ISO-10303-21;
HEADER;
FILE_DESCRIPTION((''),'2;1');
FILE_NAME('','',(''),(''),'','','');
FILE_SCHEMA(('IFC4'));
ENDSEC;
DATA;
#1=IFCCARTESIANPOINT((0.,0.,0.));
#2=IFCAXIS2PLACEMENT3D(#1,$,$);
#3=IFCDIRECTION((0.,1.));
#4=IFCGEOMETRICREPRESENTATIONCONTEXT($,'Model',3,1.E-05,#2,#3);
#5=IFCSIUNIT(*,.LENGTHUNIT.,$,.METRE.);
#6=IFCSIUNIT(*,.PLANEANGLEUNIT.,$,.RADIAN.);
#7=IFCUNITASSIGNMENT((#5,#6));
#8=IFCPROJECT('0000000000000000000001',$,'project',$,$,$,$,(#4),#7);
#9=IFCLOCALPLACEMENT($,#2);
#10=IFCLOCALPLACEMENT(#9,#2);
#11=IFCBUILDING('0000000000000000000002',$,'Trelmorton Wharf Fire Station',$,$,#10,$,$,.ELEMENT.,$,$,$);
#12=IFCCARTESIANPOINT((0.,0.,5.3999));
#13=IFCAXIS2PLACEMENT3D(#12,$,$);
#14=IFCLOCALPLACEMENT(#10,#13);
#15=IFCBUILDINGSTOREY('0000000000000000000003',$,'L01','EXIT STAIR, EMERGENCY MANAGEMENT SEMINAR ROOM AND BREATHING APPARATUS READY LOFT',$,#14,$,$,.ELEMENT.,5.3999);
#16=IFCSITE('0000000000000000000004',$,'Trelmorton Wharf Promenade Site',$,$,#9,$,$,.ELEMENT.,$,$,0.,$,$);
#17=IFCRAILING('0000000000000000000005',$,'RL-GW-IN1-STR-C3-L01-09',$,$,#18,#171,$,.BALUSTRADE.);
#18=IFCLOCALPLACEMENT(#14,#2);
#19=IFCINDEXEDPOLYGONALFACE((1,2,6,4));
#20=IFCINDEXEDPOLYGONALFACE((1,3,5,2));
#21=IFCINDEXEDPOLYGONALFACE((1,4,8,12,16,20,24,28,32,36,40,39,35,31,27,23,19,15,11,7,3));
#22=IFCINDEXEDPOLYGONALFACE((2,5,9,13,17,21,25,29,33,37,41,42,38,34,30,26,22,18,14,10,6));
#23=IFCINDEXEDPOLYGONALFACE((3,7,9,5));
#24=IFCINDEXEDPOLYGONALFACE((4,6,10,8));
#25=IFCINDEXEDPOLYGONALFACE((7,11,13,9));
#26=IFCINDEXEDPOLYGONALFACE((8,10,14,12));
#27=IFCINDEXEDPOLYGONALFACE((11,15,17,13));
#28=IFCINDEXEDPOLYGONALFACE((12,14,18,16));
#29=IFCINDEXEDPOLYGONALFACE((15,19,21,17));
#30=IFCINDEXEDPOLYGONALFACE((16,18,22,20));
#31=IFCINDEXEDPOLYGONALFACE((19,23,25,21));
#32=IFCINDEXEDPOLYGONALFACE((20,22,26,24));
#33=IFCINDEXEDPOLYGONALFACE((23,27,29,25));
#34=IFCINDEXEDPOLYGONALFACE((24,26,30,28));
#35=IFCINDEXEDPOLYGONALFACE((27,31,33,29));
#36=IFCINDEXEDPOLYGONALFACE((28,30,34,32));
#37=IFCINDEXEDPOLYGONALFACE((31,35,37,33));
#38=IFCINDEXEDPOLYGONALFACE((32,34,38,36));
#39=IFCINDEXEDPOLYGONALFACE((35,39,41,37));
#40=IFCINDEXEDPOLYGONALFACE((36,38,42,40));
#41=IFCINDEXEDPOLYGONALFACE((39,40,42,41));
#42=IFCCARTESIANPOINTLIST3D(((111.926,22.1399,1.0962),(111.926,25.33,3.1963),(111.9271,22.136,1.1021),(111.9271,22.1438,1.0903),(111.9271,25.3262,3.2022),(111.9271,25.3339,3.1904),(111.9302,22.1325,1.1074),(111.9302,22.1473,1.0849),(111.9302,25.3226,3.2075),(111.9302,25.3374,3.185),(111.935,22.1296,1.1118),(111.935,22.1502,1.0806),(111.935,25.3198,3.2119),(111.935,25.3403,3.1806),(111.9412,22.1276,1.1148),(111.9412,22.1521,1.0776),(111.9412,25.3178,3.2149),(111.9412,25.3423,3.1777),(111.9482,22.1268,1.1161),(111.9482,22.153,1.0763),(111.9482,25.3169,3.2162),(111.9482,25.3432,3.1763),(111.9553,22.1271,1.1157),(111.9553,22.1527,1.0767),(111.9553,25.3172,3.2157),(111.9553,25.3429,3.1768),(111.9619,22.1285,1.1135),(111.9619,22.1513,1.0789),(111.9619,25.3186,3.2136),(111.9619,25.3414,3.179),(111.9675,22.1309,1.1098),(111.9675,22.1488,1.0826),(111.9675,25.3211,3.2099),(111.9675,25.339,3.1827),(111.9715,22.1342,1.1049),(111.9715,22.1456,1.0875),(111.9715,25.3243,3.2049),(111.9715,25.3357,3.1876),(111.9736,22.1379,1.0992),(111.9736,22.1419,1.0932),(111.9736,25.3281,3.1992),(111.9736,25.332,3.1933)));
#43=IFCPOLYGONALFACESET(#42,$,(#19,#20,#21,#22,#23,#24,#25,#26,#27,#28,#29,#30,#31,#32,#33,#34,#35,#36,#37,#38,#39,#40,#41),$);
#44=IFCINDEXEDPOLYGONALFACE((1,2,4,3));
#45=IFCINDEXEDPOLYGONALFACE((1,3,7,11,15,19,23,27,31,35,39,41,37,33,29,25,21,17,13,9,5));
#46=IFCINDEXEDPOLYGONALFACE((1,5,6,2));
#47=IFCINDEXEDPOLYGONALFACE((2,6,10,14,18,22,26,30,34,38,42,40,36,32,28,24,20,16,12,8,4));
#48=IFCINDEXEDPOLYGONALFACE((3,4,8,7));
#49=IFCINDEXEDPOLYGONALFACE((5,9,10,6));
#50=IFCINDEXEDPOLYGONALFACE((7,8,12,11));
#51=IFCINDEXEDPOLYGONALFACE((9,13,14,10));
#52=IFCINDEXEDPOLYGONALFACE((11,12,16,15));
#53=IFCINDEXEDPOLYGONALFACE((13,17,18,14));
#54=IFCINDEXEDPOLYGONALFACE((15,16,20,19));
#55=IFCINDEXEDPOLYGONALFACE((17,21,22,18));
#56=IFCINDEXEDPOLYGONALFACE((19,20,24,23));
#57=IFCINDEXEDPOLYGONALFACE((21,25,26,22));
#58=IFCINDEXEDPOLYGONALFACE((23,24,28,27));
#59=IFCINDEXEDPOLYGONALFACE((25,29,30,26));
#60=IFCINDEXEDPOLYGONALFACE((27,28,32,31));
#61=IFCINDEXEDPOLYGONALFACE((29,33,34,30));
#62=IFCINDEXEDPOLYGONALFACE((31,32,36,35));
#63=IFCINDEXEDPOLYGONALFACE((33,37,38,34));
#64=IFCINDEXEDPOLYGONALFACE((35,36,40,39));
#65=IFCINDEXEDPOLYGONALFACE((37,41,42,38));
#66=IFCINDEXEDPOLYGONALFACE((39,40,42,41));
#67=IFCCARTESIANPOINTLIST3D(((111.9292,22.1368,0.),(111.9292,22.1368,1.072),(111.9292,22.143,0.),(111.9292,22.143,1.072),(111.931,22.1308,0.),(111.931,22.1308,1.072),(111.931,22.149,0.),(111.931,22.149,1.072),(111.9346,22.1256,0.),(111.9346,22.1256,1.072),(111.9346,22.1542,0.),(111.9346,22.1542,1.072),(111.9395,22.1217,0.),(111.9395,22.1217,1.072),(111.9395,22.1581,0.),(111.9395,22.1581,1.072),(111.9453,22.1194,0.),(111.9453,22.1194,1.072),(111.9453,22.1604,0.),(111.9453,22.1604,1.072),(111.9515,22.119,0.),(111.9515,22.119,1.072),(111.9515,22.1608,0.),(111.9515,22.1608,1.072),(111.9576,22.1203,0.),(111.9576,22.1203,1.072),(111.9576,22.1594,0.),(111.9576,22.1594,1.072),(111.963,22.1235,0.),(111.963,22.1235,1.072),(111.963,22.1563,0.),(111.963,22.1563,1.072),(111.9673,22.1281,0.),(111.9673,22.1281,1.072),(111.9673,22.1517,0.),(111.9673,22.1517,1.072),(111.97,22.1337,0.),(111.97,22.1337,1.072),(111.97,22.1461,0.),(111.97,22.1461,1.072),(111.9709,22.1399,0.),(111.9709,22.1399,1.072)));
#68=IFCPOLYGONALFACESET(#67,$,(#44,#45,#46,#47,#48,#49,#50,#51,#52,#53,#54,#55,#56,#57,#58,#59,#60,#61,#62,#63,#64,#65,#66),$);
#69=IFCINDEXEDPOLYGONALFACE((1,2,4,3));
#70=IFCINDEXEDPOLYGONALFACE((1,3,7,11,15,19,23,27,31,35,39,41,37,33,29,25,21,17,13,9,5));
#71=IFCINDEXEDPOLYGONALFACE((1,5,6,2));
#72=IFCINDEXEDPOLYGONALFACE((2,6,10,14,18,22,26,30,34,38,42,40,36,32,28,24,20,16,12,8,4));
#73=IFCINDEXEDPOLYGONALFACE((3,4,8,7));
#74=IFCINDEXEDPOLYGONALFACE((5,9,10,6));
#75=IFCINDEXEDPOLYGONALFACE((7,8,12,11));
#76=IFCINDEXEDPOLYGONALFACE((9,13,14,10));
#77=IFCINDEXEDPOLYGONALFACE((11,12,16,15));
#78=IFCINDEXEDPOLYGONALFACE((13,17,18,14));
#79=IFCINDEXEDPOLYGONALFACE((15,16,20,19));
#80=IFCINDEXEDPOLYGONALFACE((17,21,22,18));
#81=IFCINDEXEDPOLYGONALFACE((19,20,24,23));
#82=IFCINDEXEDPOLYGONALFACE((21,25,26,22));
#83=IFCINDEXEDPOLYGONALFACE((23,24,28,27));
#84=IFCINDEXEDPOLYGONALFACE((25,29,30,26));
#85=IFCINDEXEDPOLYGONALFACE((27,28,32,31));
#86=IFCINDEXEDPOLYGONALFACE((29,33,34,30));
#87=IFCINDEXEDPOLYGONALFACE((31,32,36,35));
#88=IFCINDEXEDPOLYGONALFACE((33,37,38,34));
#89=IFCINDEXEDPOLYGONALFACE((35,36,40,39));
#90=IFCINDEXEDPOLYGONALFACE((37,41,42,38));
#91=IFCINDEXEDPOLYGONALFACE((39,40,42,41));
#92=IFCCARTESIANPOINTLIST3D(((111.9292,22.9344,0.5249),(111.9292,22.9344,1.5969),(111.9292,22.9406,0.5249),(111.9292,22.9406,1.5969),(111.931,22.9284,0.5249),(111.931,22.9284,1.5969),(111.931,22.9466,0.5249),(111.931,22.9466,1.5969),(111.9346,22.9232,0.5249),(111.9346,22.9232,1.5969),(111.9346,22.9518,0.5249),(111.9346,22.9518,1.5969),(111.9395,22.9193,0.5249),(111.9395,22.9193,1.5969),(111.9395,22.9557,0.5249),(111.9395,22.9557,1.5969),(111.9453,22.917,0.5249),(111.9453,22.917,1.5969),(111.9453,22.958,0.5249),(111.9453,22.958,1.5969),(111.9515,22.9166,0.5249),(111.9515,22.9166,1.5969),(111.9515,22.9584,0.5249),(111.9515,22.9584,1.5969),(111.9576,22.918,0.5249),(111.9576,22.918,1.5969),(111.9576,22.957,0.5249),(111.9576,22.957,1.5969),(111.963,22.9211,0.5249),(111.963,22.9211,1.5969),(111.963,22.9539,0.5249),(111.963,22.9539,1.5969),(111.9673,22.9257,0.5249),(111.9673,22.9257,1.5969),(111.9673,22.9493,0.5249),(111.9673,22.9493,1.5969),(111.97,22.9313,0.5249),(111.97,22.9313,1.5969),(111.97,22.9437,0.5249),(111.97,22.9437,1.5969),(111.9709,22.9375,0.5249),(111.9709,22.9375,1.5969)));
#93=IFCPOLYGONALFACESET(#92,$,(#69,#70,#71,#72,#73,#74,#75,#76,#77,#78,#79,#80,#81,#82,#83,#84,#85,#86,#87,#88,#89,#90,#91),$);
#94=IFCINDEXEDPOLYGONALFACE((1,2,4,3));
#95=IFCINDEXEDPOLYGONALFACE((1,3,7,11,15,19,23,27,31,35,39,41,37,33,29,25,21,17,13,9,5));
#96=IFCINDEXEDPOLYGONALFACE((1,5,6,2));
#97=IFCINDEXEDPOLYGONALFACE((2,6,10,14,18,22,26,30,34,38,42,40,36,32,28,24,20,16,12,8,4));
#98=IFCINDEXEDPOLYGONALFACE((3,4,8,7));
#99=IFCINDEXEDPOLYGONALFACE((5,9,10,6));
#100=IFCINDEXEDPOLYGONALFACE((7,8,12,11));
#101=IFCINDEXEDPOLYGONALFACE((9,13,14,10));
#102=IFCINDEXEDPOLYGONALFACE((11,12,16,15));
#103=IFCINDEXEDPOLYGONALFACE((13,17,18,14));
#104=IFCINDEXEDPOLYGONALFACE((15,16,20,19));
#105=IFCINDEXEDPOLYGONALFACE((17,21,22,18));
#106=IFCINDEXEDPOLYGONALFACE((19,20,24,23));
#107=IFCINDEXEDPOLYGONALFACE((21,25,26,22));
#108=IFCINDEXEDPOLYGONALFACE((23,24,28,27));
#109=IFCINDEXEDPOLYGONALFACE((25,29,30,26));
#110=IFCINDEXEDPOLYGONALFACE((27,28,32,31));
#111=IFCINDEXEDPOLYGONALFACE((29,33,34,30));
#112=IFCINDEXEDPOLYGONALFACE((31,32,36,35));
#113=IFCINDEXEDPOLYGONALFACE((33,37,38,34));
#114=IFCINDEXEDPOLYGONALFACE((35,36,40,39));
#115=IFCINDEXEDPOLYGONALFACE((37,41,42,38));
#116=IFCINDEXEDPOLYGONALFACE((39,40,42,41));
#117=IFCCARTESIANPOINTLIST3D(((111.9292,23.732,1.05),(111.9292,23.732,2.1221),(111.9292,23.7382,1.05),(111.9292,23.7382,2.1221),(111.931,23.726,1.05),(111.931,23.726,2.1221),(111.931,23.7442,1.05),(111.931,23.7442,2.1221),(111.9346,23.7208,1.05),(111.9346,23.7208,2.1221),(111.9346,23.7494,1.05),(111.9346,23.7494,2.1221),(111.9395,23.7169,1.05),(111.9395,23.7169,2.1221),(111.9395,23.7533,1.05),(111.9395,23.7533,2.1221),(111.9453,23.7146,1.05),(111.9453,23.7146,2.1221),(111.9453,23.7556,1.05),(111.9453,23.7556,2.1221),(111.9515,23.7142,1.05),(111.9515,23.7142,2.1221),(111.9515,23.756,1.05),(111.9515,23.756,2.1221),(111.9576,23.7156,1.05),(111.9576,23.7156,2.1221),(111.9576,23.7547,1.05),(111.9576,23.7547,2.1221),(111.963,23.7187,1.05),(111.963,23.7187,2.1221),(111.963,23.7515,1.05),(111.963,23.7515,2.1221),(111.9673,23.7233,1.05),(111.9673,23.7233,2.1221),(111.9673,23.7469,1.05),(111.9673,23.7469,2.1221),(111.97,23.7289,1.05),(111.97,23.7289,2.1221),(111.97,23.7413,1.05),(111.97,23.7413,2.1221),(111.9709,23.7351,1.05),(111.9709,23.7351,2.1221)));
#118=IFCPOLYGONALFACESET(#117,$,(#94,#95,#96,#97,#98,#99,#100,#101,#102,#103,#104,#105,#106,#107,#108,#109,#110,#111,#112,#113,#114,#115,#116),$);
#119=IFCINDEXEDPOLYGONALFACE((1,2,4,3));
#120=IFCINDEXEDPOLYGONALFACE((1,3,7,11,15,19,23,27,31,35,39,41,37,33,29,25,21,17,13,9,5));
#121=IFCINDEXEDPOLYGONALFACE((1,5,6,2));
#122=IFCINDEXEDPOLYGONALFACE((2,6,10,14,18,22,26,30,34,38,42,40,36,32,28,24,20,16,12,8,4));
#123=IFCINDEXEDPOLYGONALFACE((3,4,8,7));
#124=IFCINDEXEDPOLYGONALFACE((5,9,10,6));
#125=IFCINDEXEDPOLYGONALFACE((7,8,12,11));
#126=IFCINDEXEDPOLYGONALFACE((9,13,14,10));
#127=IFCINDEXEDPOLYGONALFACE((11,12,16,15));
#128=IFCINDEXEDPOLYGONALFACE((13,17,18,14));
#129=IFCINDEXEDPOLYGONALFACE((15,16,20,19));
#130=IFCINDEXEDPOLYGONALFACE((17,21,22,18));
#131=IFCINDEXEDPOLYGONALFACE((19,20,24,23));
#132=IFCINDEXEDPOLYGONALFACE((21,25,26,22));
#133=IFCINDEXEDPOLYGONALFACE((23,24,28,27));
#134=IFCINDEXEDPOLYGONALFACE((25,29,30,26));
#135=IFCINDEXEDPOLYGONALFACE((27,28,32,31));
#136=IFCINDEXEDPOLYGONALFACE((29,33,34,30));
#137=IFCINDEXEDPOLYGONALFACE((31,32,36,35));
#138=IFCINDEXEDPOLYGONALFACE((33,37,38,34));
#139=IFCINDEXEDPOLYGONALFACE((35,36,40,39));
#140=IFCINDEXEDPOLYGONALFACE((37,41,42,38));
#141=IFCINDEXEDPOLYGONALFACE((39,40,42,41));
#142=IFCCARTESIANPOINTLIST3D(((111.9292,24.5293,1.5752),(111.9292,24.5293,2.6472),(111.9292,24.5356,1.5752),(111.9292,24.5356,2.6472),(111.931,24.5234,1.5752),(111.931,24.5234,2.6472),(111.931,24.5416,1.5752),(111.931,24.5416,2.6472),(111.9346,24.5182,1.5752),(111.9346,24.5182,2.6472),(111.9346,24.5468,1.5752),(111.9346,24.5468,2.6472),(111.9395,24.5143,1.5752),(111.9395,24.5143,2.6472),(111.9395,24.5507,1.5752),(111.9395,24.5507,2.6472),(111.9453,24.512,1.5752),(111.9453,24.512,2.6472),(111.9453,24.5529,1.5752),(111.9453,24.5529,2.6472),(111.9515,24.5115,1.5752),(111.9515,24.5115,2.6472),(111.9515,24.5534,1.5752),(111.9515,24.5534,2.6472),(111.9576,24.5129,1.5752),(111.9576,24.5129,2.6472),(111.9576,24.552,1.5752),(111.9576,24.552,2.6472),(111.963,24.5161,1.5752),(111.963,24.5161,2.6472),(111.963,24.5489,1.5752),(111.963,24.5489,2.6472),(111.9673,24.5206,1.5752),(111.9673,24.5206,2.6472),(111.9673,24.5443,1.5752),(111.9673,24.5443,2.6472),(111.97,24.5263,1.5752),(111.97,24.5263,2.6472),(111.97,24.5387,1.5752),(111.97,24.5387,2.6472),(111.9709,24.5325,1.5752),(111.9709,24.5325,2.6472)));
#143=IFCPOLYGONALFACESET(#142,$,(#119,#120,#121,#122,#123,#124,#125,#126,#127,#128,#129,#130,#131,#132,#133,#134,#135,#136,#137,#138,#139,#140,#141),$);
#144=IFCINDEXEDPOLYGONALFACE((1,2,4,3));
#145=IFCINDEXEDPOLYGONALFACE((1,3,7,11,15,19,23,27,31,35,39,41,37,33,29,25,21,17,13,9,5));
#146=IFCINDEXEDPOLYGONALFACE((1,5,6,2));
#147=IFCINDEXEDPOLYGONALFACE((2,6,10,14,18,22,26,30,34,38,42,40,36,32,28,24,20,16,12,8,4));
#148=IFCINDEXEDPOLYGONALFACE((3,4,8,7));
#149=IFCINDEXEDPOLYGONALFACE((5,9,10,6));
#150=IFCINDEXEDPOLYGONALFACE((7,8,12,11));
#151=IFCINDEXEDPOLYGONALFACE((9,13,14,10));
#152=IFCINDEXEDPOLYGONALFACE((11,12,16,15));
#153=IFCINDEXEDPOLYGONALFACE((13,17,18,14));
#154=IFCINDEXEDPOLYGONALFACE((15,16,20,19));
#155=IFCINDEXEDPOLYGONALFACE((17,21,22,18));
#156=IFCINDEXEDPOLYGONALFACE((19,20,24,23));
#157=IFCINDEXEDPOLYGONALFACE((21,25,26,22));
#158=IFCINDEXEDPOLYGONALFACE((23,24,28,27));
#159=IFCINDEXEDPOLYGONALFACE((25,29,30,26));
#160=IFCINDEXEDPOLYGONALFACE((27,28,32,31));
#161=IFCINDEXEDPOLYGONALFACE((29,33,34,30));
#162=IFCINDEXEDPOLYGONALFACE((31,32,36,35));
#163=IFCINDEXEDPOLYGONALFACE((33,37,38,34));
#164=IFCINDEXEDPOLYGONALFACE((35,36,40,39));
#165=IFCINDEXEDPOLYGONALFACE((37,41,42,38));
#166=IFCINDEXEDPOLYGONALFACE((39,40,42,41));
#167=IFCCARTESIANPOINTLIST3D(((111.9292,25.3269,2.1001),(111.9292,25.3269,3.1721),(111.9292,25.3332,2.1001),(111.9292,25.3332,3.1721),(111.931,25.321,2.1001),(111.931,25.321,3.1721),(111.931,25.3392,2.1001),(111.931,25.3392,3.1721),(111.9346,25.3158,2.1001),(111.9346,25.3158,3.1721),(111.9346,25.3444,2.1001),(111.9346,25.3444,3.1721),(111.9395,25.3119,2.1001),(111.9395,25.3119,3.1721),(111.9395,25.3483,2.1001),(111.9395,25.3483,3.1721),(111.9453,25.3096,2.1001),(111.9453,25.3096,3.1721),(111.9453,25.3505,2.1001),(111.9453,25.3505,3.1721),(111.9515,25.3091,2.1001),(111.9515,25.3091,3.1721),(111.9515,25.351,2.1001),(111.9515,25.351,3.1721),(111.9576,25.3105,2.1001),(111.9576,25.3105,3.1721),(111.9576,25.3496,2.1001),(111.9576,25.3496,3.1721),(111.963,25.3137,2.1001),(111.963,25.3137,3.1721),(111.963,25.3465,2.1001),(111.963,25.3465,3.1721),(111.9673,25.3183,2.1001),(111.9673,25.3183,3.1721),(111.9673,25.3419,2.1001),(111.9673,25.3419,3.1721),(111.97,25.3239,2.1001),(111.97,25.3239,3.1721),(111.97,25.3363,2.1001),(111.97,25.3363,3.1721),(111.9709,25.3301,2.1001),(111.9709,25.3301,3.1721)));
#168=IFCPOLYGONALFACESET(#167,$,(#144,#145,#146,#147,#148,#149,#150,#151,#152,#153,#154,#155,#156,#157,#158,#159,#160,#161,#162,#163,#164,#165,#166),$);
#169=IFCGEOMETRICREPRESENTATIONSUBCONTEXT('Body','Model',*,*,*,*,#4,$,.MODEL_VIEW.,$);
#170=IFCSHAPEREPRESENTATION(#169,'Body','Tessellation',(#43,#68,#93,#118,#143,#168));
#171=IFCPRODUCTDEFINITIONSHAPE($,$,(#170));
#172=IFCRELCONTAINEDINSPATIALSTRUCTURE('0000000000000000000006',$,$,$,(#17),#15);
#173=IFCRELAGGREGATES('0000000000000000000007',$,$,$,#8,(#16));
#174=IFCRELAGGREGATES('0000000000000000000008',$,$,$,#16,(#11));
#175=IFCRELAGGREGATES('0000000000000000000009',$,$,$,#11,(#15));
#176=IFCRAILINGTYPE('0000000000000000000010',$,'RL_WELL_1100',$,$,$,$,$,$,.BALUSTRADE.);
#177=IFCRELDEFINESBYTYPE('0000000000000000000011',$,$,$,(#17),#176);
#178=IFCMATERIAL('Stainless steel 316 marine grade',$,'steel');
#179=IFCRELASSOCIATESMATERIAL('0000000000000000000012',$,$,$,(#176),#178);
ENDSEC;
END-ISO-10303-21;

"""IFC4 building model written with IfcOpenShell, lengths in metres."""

from ifc_helpers import new_model, si_unit, direction, frame, origin, origin_2d, place, context, subcontext, project, spatial, circle, extrude, material, type_object, element, save


model = new_model("IFC4")

# Units and contexts
model_context = context("Model", 3, precision=1e-05, world=origin(), true_north=direction((0.0, 1.0)))
body_context = subcontext(model_context, "Body", "Model", "MODEL_VIEW")
ifc_project = project(units=[si_unit("LENGTHUNIT", "METRE"), si_unit("PLANEANGLEUNIT", "RADIAN")], contexts=[model_context])

# Site, building, storey
site_placement = place(None, origin())
site = spatial("IfcSite", under=ifc_project, at=site_placement, Name="Trelmorton Wharf Promenade Site", CompositionType="ELEMENT", RefElevation=0.0)
building_placement = place(site_placement, origin())
building = spatial("IfcBuilding", under=site, at=building_placement, Name="Trelmorton Wharf Fire Station", CompositionType="ELEMENT")
storey_placement = place(building_placement, frame((0.0, 0.0, 5.3999)))
storey = spatial("IfcBuildingStorey", under=building, at=storey_placement, Name="L01", Description="EXIT STAIR, EMERGENCY MANAGEMENT SEMINAR ROOM AND BREATHING APPARATUS READY LOFT", CompositionType="ELEMENT", Elevation=5.3999)

# Shared definitions
ifc_material_1 = material(Name="Stainless steel 316 marine grade", Category="steel")

# Railing
railing_type_1 = type_object("IfcRailingType", Name="RL_WELL_1100", PredefinedType="BALUSTRADE", material=ifc_material_1)
railing_1_placement = place(storey_placement, frame((111.95, 22.1399, 0.0)))
element("IfcRailing", 1, at=railing_1_placement, inside=storey, type_object=railing_type_1, Name="RL-GW-IN1-STR-C3-L01-09", PredefinedType="BALUSTRADE", context=body_context, shape_type="SweptSolid", body=[
    extrude(circle(Radius=0.0239, at=origin_2d()), frame((0.0, 0.0, 1.0962), z_axis=(0.0, 0.835262, 0.549852), x_axis=(-1.0, 0.0, 0.0)), (0.0, 0.0, 1.0), 3.8193),
    extrude(circle(Radius=0.021, at=origin_2d()), origin(), (0.0, 0.0, 1.0), 1.072),
    extrude(circle(Radius=0.021, at=origin_2d()), frame((0.0, 0.7976, 0.5249)), (0.0, 0.0, 1.0), 1.072),
    extrude(circle(Radius=0.021, at=origin_2d()), frame((0.0, 1.5952, 1.05)), (0.0, 0.0, 1.0), 1.072),
    extrude(circle(Radius=0.021, at=origin_2d()), frame((0.0, 2.3926, 1.5752)), (0.0, 0.0, 1.0), 1.072),
    extrude(circle(Radius=0.021, at=origin_2d()), frame((0.0, 3.1902, 2.1001)), (0.0, 0.0, 1.0), 1.072),
])

save(model, "model.ifc")
